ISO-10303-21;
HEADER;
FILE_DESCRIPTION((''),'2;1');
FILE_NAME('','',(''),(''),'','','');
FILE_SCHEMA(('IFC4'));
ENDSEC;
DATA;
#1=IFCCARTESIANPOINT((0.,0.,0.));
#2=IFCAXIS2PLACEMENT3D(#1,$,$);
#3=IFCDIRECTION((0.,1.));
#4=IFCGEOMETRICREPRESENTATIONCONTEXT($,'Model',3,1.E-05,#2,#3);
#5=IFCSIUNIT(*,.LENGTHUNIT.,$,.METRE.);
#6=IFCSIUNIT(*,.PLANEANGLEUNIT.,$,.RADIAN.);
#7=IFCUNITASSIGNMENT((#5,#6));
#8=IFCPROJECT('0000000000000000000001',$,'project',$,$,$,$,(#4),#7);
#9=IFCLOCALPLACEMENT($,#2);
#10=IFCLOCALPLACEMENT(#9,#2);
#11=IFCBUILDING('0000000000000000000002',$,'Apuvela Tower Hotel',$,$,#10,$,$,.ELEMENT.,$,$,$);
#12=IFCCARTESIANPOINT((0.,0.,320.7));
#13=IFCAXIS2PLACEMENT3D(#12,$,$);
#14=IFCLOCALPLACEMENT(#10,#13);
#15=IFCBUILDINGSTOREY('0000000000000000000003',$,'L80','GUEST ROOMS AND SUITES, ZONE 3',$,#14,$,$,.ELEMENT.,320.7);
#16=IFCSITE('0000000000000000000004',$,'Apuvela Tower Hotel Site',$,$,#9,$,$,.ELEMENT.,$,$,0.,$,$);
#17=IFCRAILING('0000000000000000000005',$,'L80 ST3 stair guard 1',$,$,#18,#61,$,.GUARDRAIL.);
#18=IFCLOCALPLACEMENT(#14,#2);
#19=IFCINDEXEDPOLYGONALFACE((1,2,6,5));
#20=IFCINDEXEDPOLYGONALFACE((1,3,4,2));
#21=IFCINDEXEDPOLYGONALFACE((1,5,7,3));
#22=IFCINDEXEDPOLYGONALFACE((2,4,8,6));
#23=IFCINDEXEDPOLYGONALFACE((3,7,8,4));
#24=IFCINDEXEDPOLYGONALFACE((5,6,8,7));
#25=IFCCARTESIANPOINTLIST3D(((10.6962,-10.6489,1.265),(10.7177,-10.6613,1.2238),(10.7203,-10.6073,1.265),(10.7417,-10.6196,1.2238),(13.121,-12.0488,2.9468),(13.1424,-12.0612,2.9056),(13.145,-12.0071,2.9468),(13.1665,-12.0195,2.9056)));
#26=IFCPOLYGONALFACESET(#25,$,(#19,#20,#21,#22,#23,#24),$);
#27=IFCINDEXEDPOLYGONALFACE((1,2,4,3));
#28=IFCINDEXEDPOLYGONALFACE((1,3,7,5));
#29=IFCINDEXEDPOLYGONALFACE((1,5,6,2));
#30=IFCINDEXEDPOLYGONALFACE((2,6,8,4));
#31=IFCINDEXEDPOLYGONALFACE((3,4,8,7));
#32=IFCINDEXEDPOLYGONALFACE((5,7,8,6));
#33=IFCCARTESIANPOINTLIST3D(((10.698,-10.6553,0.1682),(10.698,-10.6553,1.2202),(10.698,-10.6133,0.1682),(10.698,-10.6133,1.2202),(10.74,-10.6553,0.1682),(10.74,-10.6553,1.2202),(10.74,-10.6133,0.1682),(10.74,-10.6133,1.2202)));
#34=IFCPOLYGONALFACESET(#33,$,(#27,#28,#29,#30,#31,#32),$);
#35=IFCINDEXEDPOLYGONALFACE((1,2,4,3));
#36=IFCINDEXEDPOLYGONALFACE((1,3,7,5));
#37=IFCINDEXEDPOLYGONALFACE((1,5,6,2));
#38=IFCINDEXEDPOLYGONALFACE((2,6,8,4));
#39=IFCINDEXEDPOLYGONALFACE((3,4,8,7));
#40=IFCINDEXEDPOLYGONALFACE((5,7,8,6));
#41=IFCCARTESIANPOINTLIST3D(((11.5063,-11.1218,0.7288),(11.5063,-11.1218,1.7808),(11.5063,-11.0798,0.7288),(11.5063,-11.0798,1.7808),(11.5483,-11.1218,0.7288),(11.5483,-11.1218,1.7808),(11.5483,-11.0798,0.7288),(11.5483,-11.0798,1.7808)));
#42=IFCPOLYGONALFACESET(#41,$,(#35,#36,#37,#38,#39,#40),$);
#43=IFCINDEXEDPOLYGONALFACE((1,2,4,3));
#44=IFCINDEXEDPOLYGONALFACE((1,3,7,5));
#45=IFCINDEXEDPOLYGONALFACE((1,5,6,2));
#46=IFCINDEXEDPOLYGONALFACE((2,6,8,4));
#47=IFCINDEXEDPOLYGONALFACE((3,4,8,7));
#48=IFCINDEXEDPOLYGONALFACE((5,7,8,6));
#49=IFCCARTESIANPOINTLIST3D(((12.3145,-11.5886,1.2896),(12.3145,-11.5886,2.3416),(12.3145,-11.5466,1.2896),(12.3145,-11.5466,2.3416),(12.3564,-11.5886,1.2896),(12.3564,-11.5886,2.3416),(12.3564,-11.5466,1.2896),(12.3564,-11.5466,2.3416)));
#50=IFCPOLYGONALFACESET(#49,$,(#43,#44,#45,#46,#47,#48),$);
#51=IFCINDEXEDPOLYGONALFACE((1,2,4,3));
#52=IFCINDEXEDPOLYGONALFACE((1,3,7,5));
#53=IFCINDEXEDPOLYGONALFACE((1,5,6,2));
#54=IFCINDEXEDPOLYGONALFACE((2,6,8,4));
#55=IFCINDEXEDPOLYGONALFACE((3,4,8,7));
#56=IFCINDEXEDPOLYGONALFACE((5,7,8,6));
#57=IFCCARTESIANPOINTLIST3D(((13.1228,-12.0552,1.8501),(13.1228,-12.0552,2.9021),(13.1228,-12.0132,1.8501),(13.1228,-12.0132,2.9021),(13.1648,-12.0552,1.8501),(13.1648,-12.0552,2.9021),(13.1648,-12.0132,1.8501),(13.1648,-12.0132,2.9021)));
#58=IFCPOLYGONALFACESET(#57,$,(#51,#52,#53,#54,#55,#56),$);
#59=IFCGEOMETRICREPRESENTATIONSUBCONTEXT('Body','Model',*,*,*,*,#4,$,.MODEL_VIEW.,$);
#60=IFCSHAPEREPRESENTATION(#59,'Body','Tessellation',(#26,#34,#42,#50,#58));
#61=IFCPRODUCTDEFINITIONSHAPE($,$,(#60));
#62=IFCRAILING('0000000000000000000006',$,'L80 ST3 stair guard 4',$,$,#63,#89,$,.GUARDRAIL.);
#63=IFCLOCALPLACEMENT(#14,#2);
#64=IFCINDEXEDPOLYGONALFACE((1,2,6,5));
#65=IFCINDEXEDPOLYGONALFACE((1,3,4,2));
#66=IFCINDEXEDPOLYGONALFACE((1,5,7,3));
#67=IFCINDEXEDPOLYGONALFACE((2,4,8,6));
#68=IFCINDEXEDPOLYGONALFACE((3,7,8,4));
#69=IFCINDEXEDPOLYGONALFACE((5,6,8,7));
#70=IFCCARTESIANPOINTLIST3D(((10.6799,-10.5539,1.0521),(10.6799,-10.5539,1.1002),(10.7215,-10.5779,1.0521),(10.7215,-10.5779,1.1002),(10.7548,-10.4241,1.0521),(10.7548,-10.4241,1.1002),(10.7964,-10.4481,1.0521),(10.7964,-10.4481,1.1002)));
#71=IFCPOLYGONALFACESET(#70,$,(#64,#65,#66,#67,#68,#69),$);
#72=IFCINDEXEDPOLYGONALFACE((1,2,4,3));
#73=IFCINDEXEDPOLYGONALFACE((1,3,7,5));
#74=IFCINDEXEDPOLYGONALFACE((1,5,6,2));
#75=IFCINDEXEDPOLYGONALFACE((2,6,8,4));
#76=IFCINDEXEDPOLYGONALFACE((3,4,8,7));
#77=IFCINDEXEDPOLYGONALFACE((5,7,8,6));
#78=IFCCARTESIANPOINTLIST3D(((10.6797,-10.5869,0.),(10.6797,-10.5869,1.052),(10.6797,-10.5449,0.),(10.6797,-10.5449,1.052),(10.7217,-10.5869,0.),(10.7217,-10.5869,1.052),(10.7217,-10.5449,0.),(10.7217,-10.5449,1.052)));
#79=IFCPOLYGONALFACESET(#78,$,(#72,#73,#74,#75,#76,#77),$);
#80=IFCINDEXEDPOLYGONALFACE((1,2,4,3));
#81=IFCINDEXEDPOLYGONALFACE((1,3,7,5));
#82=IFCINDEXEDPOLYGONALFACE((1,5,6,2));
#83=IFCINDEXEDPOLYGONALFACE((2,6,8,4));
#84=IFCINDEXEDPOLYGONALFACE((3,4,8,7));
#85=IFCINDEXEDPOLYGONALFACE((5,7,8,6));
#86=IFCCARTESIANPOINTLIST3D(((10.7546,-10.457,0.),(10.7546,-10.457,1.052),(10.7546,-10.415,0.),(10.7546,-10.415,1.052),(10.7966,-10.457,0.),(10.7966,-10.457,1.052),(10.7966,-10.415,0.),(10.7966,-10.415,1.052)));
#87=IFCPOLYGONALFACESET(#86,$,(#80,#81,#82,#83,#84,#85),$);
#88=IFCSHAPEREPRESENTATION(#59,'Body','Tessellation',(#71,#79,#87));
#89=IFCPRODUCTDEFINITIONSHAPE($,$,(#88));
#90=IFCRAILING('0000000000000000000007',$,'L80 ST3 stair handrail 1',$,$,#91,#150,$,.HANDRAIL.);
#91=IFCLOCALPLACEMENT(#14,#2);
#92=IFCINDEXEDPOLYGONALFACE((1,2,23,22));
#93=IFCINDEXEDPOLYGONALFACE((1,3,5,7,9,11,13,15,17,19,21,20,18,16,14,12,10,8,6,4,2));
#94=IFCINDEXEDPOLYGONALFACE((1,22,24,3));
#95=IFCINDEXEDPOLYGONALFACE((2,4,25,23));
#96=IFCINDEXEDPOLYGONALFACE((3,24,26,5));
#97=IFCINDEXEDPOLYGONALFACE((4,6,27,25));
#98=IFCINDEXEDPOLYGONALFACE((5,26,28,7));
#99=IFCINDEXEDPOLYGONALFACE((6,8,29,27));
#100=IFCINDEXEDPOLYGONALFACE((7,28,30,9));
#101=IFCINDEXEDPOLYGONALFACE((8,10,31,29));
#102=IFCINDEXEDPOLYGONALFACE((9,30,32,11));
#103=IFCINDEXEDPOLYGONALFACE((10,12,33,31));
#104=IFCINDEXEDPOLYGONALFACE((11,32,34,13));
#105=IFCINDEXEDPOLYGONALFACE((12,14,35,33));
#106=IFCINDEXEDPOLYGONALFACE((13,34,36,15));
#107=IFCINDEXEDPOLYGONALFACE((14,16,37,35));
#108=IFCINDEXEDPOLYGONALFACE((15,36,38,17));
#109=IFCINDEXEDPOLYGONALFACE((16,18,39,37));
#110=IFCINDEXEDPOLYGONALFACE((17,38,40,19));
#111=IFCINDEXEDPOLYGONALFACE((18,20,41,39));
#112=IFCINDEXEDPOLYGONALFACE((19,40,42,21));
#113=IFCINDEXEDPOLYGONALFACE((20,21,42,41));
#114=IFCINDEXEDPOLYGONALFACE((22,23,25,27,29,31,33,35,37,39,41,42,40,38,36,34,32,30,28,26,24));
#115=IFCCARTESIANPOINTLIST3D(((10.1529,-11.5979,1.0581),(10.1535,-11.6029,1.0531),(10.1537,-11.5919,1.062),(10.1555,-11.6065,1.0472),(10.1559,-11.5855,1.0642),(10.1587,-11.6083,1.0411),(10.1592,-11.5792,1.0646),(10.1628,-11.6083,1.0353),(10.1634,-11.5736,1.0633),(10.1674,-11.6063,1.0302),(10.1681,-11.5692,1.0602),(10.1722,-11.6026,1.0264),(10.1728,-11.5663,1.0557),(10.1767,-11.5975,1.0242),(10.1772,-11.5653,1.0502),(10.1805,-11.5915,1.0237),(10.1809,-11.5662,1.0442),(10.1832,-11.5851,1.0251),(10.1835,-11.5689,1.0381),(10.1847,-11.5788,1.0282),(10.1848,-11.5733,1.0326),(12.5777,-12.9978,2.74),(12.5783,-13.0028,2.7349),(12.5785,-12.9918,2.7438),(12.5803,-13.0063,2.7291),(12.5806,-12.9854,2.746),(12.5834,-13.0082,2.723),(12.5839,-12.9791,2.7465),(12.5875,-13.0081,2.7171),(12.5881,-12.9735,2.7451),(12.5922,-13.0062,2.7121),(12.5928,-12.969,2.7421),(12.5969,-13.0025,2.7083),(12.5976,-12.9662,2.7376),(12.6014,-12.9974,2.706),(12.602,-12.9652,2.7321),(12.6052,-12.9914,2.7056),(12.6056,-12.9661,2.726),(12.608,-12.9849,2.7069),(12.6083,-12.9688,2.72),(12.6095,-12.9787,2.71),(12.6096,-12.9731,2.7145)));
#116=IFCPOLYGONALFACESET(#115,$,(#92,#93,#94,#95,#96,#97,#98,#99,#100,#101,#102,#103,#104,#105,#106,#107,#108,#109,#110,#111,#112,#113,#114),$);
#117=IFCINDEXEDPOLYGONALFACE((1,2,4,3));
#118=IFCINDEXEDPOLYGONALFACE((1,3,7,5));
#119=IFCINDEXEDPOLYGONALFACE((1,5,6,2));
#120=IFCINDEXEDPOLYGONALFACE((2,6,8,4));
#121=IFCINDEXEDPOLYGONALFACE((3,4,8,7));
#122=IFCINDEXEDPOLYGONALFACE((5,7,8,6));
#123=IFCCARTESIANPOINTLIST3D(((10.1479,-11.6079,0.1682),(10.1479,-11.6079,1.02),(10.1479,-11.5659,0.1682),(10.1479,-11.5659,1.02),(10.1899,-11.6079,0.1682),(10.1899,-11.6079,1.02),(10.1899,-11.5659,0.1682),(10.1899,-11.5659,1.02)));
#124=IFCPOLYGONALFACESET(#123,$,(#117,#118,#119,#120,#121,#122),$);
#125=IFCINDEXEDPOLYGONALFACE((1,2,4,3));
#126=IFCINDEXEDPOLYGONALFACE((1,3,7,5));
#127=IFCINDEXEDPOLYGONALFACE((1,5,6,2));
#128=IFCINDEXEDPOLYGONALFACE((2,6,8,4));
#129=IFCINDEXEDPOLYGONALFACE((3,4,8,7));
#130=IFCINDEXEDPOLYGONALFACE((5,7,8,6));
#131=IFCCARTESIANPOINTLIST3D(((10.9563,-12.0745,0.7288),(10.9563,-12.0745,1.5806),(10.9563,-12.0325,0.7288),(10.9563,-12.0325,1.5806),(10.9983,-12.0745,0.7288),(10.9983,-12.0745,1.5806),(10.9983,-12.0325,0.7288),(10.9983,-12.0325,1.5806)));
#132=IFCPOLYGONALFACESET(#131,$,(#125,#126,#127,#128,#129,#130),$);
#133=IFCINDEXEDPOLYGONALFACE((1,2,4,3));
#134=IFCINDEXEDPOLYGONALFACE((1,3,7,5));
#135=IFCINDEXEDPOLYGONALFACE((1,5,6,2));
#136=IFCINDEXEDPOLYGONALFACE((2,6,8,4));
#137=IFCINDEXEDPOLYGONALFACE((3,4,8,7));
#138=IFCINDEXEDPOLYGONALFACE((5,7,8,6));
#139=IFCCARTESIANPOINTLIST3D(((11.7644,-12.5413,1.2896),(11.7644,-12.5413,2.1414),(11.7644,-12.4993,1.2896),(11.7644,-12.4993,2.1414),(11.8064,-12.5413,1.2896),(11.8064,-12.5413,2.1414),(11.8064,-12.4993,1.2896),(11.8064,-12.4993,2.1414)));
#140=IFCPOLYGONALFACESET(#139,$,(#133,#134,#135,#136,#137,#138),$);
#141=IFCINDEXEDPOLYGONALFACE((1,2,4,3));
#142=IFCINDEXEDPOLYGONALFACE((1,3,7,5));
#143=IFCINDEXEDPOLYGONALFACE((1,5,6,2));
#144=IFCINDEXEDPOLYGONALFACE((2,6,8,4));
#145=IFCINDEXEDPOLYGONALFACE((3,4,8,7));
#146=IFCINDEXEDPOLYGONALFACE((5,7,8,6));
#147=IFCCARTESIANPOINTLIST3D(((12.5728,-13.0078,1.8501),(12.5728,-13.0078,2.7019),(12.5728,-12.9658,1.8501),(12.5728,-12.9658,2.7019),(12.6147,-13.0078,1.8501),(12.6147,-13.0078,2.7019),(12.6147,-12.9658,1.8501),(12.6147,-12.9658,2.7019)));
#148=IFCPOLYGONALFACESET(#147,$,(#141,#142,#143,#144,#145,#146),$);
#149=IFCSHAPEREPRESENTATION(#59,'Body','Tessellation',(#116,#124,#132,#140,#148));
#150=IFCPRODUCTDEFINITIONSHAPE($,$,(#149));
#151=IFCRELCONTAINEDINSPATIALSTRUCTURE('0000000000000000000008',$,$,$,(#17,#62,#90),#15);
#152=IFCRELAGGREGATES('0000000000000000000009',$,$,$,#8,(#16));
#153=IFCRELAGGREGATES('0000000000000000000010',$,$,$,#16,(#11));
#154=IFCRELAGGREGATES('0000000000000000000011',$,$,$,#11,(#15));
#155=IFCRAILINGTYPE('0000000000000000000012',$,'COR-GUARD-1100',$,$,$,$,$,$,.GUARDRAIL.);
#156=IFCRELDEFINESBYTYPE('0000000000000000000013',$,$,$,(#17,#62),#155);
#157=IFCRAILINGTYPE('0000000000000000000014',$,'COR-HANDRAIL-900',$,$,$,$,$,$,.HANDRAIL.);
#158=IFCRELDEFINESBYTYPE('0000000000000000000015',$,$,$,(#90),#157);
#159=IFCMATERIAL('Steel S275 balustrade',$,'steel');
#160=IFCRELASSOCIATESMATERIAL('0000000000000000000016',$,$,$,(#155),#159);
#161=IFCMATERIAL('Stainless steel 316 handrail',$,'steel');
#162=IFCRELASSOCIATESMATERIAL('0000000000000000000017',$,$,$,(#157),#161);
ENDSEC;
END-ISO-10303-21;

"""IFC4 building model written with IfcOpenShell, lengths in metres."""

from ifc_helpers import new_model, si_unit, direction, frame, origin, origin_2d, place, context, subcontext, project, spatial, rectangle, circle, extrude, material, type_object, element, save


model = new_model("IFC4")

# Units and contexts
model_context = context("Model", 3, precision=1e-05, world=origin(), true_north=direction((0.0, 1.0)))
body_context = subcontext(model_context, "Body", "Model", "MODEL_VIEW")
ifc_project = project(units=[si_unit("LENGTHUNIT", "METRE"), si_unit("PLANEANGLEUNIT", "RADIAN")], contexts=[model_context])

# Site, building, storey
site_placement = place(None, origin())
site = spatial("IfcSite", under=ifc_project, at=site_placement, Name="Apuvela Tower Hotel Site", CompositionType="ELEMENT", RefElevation=0.0)
building_placement = place(site_placement, origin())
building = spatial("IfcBuilding", under=site, at=building_placement, Name="Apuvela Tower Hotel", CompositionType="ELEMENT")
storey_placement = place(building_placement, frame((0.0, 0.0, 320.7)))
storey = spatial("IfcBuildingStorey", under=building, at=storey_placement, Name="L80", Description="GUEST ROOMS AND SUITES, ZONE 3", CompositionType="ELEMENT", Elevation=320.7)

# Railings
ifc_material_1 = material(Name="Steel S275 balustrade", Category="steel")
railing_type_1 = type_object("IfcRailingType", Name="COR-GUARD-1100", PredefinedType="GUARDRAIL", material=ifc_material_1)
railing_1_placement = place(storey_placement, frame((10.719, -10.6343, 0.1682)))
element("IfcRailing", 1, at=railing_1_placement, inside=storey, type_object=railing_type_1, Name="L80 ST3 stair guard 1", PredefinedType="GUARDRAIL", context=body_context, shape_type="SweptSolid", body=[
    extrude(rectangle(XDim=0.0481, YDim=0.0481, at=origin_2d()), frame((0.0, 0.0, 1.0762), z_axis=(0.74239, -0.428601, 0.514934), x_axis=(0.499984, 0.866035, 0.0)), (0.0, 0.0, 1.0), 3.2661),
    extrude(rectangle(XDim=0.042, YDim=0.042, at=origin_2d()), origin(), (0.0, 0.0, 1.0), 1.052),
    extrude(rectangle(XDim=0.042, YDim=0.042, at=origin_2d()), frame((0.8083, -0.4666, 0.5605)), (0.0, 0.0, 1.0), 1.052),
    extrude(rectangle(XDim=0.042, YDim=0.042, at=origin_2d()), frame((1.6165, -0.9333, 1.1213)), (0.0, 0.0, 1.0), 1.052),
    extrude(rectangle(XDim=0.042, YDim=0.042, at=origin_2d()), frame((2.4248, -1.3999, 1.6819)), (0.0, 0.0, 1.0), 1.052),
])
railing_2_placement = place(storey_placement, frame((10.7007, -10.5659, 0.0)))
element("IfcRailing", 2, at=railing_2_placement, inside=storey, type_object=railing_type_1, Name="L80 ST3 stair guard 4", PredefinedType="GUARDRAIL", context=body_context, shape_type="SweptSolid", body=[
    extrude(rectangle(XDim=0.0481, YDim=0.0481, at=origin_2d()), frame((0.0, 0.0, 1.0762), z_axis=(0.499816, 0.866131, 0.0), x_axis=(-0.866131, 0.499816, 0.0)), (0.0, 0.0, 1.0), 0.1499),
    extrude(rectangle(XDim=0.042, YDim=0.042, at=origin_2d()), origin(), (0.0, 0.0, 1.0), 1.052),
    extrude(rectangle(XDim=0.042, YDim=0.042, at=origin_2d()), frame((0.075, 0.1299, 0.0)), (0.0, 0.0, 1.0), 1.052),
])
ifc_material_2 = material(Name="Stainless steel 316 handrail", Category="steel")
railing_type_2 = type_object("IfcRailingType", Name="COR-HANDRAIL-900", PredefinedType="HANDRAIL", material=ifc_material_2)
railing_3_placement = place(storey_placement, frame((10.1689, -11.5869, 0.1682)))
element("IfcRailing", 3, at=railing_3_placement, inside=storey, type_object=railing_type_2, Name="L80 ST3 stair handrail 1", PredefinedType="HANDRAIL", context=body_context, shape_type="SweptSolid", body=[
    extrude(circle(Radius=0.0239, at=origin_2d()), frame((0.0, 0.0, 0.876), z_axis=(0.74239, -0.428601, 0.514934), x_axis=(0.499984, 0.866035, 0.0)), (0.0, 0.0, 1.0), 3.2661),
    extrude(rectangle(XDim=0.042, YDim=0.042, at=origin_2d()), origin(), (0.0, 0.0, 1.0), 0.8518),
    extrude(rectangle(XDim=0.042, YDim=0.042, at=origin_2d()), frame((0.8083, -0.4666, 0.5605)), (0.0, 0.0, 1.0), 0.8518),
    extrude(rectangle(XDim=0.042, YDim=0.042, at=origin_2d()), frame((1.6165, -0.9333, 1.1213)), (0.0, 0.0, 1.0), 0.8518),
    extrude(rectangle(XDim=0.042, YDim=0.042, at=origin_2d()), frame((2.4248, -1.3999, 1.6819)), (0.0, 0.0, 1.0), 0.8518),
])

save(model, "model.ifc")
